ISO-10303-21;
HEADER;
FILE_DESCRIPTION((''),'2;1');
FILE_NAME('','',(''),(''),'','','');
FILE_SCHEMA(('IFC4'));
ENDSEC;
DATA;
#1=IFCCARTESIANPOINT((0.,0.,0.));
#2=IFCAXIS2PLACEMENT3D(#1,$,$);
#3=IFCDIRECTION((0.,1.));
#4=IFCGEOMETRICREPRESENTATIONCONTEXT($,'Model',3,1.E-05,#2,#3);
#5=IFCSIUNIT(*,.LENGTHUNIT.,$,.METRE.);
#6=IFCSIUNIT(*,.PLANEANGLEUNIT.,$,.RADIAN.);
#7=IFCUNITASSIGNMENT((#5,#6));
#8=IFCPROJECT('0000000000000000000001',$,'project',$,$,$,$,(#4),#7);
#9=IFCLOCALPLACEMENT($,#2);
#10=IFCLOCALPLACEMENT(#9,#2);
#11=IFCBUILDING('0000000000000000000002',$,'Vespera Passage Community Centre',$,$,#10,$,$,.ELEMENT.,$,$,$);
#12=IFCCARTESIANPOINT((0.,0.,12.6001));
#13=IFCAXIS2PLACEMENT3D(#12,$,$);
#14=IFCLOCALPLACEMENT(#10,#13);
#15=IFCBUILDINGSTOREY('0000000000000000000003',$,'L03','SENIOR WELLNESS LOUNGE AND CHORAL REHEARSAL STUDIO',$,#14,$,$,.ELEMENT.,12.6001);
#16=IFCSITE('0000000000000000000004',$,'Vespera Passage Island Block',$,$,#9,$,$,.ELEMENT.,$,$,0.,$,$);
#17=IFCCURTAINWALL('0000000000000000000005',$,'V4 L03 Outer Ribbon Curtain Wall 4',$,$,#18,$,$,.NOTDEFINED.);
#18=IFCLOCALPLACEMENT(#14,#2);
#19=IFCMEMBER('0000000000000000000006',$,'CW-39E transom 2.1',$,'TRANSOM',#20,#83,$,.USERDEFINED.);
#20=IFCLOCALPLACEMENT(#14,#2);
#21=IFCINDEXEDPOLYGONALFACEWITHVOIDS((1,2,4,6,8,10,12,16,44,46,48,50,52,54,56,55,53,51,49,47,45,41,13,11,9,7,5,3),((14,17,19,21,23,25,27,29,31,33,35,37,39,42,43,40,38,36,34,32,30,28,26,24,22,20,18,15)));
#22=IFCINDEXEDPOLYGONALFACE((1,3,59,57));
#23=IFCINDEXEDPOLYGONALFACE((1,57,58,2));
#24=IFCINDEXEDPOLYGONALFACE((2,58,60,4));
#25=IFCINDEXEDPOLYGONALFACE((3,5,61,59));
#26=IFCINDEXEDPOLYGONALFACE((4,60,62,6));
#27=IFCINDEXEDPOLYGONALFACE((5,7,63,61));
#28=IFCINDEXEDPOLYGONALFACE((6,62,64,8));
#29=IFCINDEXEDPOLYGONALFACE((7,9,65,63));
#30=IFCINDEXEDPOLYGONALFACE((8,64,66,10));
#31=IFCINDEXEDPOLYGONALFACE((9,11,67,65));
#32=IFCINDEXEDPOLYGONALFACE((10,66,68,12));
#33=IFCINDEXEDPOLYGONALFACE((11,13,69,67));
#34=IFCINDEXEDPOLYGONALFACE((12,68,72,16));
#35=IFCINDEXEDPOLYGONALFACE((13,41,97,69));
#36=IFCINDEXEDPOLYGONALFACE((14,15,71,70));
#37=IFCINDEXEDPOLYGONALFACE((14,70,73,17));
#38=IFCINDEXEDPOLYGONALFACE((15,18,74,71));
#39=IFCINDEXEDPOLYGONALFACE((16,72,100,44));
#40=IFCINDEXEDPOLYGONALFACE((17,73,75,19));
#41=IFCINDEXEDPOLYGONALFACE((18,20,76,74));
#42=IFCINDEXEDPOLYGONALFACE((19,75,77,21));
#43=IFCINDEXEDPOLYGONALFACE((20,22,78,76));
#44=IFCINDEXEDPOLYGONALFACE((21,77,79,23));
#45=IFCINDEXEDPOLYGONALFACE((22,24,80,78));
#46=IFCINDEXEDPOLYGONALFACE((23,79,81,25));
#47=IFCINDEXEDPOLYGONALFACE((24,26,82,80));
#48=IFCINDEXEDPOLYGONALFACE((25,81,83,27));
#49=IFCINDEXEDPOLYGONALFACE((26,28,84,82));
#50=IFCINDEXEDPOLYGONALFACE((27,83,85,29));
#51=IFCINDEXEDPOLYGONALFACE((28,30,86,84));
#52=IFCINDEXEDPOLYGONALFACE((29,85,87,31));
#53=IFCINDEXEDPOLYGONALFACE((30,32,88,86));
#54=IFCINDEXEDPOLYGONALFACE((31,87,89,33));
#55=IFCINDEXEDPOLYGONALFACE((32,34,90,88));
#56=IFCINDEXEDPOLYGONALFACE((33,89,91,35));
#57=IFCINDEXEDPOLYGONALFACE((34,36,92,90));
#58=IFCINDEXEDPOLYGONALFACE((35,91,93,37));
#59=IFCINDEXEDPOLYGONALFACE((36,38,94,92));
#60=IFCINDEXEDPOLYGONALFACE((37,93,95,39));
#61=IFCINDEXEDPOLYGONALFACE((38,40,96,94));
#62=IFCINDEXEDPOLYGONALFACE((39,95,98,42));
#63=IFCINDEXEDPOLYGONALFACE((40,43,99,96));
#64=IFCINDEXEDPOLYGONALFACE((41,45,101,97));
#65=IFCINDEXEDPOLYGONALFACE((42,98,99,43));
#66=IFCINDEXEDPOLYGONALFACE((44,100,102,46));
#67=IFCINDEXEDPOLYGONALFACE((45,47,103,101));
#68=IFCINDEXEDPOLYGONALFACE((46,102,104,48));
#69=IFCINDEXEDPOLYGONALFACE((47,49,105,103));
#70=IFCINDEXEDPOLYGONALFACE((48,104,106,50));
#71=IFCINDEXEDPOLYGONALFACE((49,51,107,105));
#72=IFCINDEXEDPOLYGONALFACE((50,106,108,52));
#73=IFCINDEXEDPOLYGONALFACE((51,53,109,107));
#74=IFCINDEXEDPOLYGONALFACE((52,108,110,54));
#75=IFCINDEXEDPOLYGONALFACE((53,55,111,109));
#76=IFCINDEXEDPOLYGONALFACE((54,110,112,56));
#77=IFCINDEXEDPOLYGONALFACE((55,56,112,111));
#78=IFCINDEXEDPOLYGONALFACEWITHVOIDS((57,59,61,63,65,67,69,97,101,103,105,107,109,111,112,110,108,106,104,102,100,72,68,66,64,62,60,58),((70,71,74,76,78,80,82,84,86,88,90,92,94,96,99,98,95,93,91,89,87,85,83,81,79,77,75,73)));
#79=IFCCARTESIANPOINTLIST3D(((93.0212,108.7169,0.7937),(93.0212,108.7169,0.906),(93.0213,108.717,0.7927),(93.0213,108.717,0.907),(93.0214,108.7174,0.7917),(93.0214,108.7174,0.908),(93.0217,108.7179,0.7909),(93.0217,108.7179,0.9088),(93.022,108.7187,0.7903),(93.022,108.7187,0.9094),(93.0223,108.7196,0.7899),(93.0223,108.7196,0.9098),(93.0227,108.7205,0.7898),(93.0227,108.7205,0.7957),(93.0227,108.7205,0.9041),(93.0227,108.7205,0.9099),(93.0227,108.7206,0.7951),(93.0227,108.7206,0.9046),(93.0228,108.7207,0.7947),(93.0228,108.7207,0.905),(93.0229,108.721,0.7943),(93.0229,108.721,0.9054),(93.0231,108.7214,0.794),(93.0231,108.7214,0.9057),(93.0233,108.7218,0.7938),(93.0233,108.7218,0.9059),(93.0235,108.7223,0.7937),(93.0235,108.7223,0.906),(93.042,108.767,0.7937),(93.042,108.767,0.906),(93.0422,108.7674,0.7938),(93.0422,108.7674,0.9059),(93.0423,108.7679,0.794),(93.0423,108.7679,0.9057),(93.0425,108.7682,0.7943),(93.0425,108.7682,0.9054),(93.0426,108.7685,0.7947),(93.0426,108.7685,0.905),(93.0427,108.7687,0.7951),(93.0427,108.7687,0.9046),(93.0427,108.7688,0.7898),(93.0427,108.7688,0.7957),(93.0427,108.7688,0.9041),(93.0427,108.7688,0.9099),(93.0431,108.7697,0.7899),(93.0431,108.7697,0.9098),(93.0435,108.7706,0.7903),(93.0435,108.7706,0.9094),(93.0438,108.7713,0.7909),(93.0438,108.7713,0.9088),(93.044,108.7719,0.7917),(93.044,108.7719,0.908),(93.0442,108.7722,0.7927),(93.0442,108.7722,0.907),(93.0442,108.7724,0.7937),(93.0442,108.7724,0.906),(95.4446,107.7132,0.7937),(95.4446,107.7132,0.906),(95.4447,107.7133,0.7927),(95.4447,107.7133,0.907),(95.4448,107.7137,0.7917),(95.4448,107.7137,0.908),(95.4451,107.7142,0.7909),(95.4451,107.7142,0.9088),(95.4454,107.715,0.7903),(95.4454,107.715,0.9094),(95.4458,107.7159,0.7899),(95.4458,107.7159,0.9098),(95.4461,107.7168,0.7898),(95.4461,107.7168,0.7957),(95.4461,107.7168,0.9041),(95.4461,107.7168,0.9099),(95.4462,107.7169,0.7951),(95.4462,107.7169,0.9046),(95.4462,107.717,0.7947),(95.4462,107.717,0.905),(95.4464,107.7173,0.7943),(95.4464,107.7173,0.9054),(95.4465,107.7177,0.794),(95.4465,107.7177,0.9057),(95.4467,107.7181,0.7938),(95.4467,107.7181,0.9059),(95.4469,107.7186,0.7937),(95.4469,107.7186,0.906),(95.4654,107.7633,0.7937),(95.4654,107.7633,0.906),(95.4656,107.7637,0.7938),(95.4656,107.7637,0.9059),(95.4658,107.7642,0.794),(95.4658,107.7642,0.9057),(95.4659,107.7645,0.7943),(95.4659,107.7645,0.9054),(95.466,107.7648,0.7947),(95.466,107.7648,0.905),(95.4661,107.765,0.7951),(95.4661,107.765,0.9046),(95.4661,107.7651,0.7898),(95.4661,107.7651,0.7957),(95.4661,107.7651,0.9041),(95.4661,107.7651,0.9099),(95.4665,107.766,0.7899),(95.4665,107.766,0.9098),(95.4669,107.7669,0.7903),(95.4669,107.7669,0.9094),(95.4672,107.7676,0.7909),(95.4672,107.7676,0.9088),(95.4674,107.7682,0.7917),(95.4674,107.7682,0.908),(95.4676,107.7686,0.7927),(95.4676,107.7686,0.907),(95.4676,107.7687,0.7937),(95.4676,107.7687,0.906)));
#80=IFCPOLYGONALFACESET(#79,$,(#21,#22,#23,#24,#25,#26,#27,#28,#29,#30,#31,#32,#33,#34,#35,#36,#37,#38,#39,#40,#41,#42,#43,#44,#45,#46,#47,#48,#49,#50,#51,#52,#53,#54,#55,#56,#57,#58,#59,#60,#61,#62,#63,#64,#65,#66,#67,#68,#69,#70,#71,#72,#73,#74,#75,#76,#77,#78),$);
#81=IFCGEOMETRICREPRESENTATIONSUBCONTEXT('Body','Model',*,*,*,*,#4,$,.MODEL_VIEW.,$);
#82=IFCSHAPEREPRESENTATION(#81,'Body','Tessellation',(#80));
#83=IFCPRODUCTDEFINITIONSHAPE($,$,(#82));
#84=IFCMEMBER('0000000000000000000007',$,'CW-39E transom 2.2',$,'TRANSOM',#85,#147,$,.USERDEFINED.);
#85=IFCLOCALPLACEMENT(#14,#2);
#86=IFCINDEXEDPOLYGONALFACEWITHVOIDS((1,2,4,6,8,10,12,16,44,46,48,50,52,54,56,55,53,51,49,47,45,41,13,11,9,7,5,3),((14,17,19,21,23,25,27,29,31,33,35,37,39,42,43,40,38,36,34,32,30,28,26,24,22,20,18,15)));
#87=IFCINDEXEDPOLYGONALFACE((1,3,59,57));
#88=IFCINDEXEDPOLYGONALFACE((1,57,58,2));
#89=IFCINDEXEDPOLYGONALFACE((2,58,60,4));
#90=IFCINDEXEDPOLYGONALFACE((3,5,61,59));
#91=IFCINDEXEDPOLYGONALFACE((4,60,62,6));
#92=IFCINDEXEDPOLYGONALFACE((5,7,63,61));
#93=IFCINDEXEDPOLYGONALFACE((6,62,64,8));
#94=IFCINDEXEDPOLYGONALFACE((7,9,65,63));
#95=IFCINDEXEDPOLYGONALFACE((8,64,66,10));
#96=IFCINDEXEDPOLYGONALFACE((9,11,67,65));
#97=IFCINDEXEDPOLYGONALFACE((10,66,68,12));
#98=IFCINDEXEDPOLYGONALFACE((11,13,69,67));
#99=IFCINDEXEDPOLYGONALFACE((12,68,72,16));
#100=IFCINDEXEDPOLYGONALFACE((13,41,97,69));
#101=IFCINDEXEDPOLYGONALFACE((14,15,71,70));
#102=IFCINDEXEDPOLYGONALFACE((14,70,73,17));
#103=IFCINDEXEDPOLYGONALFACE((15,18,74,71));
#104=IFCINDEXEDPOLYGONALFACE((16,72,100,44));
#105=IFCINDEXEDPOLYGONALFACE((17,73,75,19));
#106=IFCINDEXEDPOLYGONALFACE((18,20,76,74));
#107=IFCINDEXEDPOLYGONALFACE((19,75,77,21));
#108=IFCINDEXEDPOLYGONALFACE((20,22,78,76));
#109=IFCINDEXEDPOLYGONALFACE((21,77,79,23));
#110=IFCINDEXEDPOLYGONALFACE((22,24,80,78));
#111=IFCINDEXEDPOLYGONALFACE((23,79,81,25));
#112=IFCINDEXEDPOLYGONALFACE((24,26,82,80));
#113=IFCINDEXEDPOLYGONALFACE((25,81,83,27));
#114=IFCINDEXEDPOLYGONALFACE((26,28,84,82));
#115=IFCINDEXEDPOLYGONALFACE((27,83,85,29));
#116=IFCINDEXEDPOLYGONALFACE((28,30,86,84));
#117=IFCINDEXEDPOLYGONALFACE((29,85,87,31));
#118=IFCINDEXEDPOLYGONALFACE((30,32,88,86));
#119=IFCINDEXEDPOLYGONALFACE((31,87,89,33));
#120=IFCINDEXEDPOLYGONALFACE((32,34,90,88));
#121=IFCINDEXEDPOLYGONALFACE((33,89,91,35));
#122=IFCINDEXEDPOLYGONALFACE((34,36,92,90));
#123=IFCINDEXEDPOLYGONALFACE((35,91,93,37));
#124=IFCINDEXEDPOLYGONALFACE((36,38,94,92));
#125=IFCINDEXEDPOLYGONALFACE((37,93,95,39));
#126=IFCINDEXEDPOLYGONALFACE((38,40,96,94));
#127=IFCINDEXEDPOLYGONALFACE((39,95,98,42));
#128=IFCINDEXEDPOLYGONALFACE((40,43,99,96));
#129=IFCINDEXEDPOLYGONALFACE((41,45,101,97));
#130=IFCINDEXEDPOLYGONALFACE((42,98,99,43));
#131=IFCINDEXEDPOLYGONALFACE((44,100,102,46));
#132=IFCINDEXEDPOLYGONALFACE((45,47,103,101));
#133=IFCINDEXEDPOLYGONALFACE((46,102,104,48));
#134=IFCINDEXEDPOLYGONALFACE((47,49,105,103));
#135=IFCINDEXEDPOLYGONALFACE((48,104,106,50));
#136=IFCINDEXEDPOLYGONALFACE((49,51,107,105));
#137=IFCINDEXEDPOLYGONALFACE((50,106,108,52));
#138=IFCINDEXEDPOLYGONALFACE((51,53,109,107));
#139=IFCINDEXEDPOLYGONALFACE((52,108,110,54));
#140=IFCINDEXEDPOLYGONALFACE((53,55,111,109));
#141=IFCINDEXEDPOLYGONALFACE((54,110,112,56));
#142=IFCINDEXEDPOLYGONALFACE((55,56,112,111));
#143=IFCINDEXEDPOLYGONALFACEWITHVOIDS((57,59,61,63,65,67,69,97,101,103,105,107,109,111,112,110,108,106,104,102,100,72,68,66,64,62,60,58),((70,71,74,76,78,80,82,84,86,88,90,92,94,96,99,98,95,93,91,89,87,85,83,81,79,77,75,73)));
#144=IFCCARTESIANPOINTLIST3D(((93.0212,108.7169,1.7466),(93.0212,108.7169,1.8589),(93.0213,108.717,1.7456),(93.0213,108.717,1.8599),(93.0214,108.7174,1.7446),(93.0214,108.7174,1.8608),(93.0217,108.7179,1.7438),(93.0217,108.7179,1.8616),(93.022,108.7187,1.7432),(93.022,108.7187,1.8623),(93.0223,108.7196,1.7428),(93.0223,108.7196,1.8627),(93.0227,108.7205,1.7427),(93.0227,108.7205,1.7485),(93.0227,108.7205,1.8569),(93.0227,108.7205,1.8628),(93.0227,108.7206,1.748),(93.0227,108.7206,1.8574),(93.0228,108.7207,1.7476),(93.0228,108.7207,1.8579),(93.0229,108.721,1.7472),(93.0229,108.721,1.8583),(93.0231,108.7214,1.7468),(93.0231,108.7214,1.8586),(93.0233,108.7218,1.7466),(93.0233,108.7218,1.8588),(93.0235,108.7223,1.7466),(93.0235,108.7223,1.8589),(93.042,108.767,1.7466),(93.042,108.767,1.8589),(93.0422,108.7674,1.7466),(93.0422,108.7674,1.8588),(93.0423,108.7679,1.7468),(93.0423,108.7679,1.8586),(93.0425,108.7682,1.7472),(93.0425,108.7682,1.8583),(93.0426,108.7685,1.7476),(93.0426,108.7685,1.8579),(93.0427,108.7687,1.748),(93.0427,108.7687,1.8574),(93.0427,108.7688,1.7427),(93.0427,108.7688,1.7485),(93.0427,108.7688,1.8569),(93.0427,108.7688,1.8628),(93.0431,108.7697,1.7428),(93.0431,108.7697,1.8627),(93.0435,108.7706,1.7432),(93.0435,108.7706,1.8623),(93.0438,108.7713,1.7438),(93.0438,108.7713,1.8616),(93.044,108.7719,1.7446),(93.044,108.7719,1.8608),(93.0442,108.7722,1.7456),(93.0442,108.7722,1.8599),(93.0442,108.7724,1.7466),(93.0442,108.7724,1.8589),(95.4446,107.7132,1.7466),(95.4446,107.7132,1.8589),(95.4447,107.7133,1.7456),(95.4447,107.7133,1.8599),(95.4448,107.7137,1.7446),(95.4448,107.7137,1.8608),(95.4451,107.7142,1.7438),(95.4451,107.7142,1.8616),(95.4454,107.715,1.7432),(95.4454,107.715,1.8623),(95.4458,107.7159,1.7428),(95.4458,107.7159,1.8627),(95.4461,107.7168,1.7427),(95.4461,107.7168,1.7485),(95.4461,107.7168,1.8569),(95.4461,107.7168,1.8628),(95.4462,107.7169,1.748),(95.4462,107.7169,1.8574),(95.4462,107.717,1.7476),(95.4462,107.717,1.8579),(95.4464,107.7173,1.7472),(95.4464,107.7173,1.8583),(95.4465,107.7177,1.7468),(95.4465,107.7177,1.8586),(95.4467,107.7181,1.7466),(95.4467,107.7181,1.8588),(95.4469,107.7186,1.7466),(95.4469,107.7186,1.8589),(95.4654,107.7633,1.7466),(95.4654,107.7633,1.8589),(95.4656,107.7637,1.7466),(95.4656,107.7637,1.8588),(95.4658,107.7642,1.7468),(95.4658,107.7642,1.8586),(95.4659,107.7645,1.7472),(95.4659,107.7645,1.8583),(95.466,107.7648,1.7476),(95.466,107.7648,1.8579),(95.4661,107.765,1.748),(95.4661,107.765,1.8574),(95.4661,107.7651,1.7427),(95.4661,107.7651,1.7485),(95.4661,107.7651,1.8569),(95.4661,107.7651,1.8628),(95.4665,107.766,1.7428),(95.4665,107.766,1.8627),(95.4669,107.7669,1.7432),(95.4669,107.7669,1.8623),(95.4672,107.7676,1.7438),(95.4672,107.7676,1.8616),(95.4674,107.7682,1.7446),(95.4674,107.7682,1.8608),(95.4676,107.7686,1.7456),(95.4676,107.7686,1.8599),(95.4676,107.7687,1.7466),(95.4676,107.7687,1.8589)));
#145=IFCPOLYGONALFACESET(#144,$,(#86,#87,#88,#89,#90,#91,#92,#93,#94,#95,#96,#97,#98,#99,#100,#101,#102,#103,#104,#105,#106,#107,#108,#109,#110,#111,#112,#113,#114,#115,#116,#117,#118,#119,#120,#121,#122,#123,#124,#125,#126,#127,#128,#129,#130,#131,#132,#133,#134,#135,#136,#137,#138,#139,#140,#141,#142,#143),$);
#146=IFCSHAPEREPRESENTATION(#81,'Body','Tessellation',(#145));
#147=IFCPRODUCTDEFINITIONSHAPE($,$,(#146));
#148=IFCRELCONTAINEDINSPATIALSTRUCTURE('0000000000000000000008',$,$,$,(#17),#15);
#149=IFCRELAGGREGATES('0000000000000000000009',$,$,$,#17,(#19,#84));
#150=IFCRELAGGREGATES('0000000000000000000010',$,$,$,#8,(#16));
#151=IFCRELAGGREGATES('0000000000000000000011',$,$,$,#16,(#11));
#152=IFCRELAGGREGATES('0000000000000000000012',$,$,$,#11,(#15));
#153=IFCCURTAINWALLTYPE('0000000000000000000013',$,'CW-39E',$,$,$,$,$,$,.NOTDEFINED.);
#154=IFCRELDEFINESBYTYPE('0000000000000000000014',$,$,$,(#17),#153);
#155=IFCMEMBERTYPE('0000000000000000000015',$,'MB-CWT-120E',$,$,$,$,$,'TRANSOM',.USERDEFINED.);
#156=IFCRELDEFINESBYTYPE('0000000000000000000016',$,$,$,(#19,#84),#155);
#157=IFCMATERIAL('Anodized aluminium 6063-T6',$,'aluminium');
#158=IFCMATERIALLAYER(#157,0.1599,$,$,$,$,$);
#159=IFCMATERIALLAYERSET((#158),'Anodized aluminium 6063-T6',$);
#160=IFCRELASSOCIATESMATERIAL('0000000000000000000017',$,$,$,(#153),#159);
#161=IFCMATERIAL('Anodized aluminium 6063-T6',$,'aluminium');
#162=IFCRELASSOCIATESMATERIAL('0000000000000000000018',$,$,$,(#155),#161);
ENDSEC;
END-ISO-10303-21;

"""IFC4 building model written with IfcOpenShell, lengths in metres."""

from ifc_helpers import new_model, si_unit, direction, frame, origin, origin_2d, place, context, subcontext, project, spatial, hollow_rectangle, extrude, material, layer, layer_set, material_profile, profile_set, type_object, element, aggregate, save


model = new_model("IFC4")

# Units and contexts
model_context = context("Model", 3, precision=1e-05, world=origin(), true_north=direction((0.0, 1.0)))
body_context = subcontext(model_context, "Body", "Model", "MODEL_VIEW")
ifc_project = project(units=[si_unit("LENGTHUNIT", "METRE"), si_unit("PLANEANGLEUNIT", "RADIAN")], contexts=[model_context])

# Site, building, storey
site_placement = place(None, origin())
site = spatial("IfcSite", under=ifc_project, at=site_placement, Name="Vespera Passage Island Block", CompositionType="ELEMENT", RefElevation=0.0)
building_placement = place(site_placement, origin())
building = spatial("IfcBuilding", under=site, at=building_placement, Name="Vespera Passage Community Centre", CompositionType="ELEMENT")
storey_placement = place(building_placement, frame((0.0, 0.0, 12.6001)))
storey = spatial("IfcBuildingStorey", under=building, at=storey_placement, Name="L03", Description="SENIOR WELLNESS LOUNGE AND CHORAL REHEARSAL STUDIO", CompositionType="ELEMENT", Elevation=12.6001)

# Curtain wall
ifc_material_1 = material(Name="Anodized aluminium 6063-T6", Category="aluminium")
ifc_layer_1 = layer(ifc_material_1, 0.1599)
ifc_layer_set_1 = layer_set([ifc_layer_1], Name="Anodized aluminium 6063-T6")
curtain_wall_type_1 = type_object("IfcCurtainWallType", Name="CW-39E", PredefinedType="NOTDEFINED", material=ifc_layer_set_1)
curtain_wall_1_placement = place(storey_placement, origin())
curtain_wall_1 = element("IfcCurtainWall", 1, at=curtain_wall_1_placement, inside=storey, type_object=curtain_wall_type_1, Name="V4 L03 Outer Ribbon Curtain Wall 4", PredefinedType="NOTDEFINED")

# Members
ifc_material_2 = material(Name="Anodized aluminium 6063-T6", Category="aluminium")
ifc_material_profile_1 = material_profile(ifc_material_2, hollow_rectangle(XDim=0.0601, YDim=0.1201, WallThickness=0.0039, InnerFilletRadius=0.002, OuterFilletRadius=0.0039, at=origin_2d()), Name="ALU120X60X4")
ifc_profile_set_1 = profile_set([ifc_material_profile_1], Name="Anodized aluminium 6063-T6")
member_type_1 = type_object("IfcMemberType", Name="MB-CWT-120E", ElementType="TRANSOM", PredefinedType="USERDEFINED", material=ifc_profile_set_1)
member_1_placement = place(storey_placement, frame((93.0327, 108.7446, 0.8499), z_axis=(0.923895, -0.382645, 0.0), x_axis=(0.382645, 0.923895, 0.0)))
member_1 = element("IfcMember", 2, at=member_1_placement, type_object=member_type_1, Name="CW-39E transom 2.1", ObjectType="TRANSOM", PredefinedType="USERDEFINED", context=body_context, shape_type="SweptSolid", body=[
    extrude(hollow_rectangle(XDim=0.0601, YDim=0.1201, WallThickness=0.0039, InnerFilletRadius=0.002, OuterFilletRadius=0.0039, at=origin_2d()), origin(), (0.0, 0.0, 1.0), 2.623),
])
member_2_placement = place(storey_placement, frame((93.0327, 108.7446, 1.8027), z_axis=(0.923895, -0.382645, 0.0), x_axis=(0.382645, 0.923895, 0.0)))
member_2 = element("IfcMember", 3, at=member_2_placement, type_object=member_type_1, Name="CW-39E transom 2.2", ObjectType="TRANSOM", PredefinedType="USERDEFINED", context=body_context, shape_type="SweptSolid", body=[
    extrude(hollow_rectangle(XDim=0.0601, YDim=0.1201, WallThickness=0.0039, InnerFilletRadius=0.002, OuterFilletRadius=0.0039, at=origin_2d()), origin(), (0.0, 0.0, 1.0), 2.623),
])

aggregate(curtain_wall_1, [member_1, member_2])

save(model, "model.ifc")
